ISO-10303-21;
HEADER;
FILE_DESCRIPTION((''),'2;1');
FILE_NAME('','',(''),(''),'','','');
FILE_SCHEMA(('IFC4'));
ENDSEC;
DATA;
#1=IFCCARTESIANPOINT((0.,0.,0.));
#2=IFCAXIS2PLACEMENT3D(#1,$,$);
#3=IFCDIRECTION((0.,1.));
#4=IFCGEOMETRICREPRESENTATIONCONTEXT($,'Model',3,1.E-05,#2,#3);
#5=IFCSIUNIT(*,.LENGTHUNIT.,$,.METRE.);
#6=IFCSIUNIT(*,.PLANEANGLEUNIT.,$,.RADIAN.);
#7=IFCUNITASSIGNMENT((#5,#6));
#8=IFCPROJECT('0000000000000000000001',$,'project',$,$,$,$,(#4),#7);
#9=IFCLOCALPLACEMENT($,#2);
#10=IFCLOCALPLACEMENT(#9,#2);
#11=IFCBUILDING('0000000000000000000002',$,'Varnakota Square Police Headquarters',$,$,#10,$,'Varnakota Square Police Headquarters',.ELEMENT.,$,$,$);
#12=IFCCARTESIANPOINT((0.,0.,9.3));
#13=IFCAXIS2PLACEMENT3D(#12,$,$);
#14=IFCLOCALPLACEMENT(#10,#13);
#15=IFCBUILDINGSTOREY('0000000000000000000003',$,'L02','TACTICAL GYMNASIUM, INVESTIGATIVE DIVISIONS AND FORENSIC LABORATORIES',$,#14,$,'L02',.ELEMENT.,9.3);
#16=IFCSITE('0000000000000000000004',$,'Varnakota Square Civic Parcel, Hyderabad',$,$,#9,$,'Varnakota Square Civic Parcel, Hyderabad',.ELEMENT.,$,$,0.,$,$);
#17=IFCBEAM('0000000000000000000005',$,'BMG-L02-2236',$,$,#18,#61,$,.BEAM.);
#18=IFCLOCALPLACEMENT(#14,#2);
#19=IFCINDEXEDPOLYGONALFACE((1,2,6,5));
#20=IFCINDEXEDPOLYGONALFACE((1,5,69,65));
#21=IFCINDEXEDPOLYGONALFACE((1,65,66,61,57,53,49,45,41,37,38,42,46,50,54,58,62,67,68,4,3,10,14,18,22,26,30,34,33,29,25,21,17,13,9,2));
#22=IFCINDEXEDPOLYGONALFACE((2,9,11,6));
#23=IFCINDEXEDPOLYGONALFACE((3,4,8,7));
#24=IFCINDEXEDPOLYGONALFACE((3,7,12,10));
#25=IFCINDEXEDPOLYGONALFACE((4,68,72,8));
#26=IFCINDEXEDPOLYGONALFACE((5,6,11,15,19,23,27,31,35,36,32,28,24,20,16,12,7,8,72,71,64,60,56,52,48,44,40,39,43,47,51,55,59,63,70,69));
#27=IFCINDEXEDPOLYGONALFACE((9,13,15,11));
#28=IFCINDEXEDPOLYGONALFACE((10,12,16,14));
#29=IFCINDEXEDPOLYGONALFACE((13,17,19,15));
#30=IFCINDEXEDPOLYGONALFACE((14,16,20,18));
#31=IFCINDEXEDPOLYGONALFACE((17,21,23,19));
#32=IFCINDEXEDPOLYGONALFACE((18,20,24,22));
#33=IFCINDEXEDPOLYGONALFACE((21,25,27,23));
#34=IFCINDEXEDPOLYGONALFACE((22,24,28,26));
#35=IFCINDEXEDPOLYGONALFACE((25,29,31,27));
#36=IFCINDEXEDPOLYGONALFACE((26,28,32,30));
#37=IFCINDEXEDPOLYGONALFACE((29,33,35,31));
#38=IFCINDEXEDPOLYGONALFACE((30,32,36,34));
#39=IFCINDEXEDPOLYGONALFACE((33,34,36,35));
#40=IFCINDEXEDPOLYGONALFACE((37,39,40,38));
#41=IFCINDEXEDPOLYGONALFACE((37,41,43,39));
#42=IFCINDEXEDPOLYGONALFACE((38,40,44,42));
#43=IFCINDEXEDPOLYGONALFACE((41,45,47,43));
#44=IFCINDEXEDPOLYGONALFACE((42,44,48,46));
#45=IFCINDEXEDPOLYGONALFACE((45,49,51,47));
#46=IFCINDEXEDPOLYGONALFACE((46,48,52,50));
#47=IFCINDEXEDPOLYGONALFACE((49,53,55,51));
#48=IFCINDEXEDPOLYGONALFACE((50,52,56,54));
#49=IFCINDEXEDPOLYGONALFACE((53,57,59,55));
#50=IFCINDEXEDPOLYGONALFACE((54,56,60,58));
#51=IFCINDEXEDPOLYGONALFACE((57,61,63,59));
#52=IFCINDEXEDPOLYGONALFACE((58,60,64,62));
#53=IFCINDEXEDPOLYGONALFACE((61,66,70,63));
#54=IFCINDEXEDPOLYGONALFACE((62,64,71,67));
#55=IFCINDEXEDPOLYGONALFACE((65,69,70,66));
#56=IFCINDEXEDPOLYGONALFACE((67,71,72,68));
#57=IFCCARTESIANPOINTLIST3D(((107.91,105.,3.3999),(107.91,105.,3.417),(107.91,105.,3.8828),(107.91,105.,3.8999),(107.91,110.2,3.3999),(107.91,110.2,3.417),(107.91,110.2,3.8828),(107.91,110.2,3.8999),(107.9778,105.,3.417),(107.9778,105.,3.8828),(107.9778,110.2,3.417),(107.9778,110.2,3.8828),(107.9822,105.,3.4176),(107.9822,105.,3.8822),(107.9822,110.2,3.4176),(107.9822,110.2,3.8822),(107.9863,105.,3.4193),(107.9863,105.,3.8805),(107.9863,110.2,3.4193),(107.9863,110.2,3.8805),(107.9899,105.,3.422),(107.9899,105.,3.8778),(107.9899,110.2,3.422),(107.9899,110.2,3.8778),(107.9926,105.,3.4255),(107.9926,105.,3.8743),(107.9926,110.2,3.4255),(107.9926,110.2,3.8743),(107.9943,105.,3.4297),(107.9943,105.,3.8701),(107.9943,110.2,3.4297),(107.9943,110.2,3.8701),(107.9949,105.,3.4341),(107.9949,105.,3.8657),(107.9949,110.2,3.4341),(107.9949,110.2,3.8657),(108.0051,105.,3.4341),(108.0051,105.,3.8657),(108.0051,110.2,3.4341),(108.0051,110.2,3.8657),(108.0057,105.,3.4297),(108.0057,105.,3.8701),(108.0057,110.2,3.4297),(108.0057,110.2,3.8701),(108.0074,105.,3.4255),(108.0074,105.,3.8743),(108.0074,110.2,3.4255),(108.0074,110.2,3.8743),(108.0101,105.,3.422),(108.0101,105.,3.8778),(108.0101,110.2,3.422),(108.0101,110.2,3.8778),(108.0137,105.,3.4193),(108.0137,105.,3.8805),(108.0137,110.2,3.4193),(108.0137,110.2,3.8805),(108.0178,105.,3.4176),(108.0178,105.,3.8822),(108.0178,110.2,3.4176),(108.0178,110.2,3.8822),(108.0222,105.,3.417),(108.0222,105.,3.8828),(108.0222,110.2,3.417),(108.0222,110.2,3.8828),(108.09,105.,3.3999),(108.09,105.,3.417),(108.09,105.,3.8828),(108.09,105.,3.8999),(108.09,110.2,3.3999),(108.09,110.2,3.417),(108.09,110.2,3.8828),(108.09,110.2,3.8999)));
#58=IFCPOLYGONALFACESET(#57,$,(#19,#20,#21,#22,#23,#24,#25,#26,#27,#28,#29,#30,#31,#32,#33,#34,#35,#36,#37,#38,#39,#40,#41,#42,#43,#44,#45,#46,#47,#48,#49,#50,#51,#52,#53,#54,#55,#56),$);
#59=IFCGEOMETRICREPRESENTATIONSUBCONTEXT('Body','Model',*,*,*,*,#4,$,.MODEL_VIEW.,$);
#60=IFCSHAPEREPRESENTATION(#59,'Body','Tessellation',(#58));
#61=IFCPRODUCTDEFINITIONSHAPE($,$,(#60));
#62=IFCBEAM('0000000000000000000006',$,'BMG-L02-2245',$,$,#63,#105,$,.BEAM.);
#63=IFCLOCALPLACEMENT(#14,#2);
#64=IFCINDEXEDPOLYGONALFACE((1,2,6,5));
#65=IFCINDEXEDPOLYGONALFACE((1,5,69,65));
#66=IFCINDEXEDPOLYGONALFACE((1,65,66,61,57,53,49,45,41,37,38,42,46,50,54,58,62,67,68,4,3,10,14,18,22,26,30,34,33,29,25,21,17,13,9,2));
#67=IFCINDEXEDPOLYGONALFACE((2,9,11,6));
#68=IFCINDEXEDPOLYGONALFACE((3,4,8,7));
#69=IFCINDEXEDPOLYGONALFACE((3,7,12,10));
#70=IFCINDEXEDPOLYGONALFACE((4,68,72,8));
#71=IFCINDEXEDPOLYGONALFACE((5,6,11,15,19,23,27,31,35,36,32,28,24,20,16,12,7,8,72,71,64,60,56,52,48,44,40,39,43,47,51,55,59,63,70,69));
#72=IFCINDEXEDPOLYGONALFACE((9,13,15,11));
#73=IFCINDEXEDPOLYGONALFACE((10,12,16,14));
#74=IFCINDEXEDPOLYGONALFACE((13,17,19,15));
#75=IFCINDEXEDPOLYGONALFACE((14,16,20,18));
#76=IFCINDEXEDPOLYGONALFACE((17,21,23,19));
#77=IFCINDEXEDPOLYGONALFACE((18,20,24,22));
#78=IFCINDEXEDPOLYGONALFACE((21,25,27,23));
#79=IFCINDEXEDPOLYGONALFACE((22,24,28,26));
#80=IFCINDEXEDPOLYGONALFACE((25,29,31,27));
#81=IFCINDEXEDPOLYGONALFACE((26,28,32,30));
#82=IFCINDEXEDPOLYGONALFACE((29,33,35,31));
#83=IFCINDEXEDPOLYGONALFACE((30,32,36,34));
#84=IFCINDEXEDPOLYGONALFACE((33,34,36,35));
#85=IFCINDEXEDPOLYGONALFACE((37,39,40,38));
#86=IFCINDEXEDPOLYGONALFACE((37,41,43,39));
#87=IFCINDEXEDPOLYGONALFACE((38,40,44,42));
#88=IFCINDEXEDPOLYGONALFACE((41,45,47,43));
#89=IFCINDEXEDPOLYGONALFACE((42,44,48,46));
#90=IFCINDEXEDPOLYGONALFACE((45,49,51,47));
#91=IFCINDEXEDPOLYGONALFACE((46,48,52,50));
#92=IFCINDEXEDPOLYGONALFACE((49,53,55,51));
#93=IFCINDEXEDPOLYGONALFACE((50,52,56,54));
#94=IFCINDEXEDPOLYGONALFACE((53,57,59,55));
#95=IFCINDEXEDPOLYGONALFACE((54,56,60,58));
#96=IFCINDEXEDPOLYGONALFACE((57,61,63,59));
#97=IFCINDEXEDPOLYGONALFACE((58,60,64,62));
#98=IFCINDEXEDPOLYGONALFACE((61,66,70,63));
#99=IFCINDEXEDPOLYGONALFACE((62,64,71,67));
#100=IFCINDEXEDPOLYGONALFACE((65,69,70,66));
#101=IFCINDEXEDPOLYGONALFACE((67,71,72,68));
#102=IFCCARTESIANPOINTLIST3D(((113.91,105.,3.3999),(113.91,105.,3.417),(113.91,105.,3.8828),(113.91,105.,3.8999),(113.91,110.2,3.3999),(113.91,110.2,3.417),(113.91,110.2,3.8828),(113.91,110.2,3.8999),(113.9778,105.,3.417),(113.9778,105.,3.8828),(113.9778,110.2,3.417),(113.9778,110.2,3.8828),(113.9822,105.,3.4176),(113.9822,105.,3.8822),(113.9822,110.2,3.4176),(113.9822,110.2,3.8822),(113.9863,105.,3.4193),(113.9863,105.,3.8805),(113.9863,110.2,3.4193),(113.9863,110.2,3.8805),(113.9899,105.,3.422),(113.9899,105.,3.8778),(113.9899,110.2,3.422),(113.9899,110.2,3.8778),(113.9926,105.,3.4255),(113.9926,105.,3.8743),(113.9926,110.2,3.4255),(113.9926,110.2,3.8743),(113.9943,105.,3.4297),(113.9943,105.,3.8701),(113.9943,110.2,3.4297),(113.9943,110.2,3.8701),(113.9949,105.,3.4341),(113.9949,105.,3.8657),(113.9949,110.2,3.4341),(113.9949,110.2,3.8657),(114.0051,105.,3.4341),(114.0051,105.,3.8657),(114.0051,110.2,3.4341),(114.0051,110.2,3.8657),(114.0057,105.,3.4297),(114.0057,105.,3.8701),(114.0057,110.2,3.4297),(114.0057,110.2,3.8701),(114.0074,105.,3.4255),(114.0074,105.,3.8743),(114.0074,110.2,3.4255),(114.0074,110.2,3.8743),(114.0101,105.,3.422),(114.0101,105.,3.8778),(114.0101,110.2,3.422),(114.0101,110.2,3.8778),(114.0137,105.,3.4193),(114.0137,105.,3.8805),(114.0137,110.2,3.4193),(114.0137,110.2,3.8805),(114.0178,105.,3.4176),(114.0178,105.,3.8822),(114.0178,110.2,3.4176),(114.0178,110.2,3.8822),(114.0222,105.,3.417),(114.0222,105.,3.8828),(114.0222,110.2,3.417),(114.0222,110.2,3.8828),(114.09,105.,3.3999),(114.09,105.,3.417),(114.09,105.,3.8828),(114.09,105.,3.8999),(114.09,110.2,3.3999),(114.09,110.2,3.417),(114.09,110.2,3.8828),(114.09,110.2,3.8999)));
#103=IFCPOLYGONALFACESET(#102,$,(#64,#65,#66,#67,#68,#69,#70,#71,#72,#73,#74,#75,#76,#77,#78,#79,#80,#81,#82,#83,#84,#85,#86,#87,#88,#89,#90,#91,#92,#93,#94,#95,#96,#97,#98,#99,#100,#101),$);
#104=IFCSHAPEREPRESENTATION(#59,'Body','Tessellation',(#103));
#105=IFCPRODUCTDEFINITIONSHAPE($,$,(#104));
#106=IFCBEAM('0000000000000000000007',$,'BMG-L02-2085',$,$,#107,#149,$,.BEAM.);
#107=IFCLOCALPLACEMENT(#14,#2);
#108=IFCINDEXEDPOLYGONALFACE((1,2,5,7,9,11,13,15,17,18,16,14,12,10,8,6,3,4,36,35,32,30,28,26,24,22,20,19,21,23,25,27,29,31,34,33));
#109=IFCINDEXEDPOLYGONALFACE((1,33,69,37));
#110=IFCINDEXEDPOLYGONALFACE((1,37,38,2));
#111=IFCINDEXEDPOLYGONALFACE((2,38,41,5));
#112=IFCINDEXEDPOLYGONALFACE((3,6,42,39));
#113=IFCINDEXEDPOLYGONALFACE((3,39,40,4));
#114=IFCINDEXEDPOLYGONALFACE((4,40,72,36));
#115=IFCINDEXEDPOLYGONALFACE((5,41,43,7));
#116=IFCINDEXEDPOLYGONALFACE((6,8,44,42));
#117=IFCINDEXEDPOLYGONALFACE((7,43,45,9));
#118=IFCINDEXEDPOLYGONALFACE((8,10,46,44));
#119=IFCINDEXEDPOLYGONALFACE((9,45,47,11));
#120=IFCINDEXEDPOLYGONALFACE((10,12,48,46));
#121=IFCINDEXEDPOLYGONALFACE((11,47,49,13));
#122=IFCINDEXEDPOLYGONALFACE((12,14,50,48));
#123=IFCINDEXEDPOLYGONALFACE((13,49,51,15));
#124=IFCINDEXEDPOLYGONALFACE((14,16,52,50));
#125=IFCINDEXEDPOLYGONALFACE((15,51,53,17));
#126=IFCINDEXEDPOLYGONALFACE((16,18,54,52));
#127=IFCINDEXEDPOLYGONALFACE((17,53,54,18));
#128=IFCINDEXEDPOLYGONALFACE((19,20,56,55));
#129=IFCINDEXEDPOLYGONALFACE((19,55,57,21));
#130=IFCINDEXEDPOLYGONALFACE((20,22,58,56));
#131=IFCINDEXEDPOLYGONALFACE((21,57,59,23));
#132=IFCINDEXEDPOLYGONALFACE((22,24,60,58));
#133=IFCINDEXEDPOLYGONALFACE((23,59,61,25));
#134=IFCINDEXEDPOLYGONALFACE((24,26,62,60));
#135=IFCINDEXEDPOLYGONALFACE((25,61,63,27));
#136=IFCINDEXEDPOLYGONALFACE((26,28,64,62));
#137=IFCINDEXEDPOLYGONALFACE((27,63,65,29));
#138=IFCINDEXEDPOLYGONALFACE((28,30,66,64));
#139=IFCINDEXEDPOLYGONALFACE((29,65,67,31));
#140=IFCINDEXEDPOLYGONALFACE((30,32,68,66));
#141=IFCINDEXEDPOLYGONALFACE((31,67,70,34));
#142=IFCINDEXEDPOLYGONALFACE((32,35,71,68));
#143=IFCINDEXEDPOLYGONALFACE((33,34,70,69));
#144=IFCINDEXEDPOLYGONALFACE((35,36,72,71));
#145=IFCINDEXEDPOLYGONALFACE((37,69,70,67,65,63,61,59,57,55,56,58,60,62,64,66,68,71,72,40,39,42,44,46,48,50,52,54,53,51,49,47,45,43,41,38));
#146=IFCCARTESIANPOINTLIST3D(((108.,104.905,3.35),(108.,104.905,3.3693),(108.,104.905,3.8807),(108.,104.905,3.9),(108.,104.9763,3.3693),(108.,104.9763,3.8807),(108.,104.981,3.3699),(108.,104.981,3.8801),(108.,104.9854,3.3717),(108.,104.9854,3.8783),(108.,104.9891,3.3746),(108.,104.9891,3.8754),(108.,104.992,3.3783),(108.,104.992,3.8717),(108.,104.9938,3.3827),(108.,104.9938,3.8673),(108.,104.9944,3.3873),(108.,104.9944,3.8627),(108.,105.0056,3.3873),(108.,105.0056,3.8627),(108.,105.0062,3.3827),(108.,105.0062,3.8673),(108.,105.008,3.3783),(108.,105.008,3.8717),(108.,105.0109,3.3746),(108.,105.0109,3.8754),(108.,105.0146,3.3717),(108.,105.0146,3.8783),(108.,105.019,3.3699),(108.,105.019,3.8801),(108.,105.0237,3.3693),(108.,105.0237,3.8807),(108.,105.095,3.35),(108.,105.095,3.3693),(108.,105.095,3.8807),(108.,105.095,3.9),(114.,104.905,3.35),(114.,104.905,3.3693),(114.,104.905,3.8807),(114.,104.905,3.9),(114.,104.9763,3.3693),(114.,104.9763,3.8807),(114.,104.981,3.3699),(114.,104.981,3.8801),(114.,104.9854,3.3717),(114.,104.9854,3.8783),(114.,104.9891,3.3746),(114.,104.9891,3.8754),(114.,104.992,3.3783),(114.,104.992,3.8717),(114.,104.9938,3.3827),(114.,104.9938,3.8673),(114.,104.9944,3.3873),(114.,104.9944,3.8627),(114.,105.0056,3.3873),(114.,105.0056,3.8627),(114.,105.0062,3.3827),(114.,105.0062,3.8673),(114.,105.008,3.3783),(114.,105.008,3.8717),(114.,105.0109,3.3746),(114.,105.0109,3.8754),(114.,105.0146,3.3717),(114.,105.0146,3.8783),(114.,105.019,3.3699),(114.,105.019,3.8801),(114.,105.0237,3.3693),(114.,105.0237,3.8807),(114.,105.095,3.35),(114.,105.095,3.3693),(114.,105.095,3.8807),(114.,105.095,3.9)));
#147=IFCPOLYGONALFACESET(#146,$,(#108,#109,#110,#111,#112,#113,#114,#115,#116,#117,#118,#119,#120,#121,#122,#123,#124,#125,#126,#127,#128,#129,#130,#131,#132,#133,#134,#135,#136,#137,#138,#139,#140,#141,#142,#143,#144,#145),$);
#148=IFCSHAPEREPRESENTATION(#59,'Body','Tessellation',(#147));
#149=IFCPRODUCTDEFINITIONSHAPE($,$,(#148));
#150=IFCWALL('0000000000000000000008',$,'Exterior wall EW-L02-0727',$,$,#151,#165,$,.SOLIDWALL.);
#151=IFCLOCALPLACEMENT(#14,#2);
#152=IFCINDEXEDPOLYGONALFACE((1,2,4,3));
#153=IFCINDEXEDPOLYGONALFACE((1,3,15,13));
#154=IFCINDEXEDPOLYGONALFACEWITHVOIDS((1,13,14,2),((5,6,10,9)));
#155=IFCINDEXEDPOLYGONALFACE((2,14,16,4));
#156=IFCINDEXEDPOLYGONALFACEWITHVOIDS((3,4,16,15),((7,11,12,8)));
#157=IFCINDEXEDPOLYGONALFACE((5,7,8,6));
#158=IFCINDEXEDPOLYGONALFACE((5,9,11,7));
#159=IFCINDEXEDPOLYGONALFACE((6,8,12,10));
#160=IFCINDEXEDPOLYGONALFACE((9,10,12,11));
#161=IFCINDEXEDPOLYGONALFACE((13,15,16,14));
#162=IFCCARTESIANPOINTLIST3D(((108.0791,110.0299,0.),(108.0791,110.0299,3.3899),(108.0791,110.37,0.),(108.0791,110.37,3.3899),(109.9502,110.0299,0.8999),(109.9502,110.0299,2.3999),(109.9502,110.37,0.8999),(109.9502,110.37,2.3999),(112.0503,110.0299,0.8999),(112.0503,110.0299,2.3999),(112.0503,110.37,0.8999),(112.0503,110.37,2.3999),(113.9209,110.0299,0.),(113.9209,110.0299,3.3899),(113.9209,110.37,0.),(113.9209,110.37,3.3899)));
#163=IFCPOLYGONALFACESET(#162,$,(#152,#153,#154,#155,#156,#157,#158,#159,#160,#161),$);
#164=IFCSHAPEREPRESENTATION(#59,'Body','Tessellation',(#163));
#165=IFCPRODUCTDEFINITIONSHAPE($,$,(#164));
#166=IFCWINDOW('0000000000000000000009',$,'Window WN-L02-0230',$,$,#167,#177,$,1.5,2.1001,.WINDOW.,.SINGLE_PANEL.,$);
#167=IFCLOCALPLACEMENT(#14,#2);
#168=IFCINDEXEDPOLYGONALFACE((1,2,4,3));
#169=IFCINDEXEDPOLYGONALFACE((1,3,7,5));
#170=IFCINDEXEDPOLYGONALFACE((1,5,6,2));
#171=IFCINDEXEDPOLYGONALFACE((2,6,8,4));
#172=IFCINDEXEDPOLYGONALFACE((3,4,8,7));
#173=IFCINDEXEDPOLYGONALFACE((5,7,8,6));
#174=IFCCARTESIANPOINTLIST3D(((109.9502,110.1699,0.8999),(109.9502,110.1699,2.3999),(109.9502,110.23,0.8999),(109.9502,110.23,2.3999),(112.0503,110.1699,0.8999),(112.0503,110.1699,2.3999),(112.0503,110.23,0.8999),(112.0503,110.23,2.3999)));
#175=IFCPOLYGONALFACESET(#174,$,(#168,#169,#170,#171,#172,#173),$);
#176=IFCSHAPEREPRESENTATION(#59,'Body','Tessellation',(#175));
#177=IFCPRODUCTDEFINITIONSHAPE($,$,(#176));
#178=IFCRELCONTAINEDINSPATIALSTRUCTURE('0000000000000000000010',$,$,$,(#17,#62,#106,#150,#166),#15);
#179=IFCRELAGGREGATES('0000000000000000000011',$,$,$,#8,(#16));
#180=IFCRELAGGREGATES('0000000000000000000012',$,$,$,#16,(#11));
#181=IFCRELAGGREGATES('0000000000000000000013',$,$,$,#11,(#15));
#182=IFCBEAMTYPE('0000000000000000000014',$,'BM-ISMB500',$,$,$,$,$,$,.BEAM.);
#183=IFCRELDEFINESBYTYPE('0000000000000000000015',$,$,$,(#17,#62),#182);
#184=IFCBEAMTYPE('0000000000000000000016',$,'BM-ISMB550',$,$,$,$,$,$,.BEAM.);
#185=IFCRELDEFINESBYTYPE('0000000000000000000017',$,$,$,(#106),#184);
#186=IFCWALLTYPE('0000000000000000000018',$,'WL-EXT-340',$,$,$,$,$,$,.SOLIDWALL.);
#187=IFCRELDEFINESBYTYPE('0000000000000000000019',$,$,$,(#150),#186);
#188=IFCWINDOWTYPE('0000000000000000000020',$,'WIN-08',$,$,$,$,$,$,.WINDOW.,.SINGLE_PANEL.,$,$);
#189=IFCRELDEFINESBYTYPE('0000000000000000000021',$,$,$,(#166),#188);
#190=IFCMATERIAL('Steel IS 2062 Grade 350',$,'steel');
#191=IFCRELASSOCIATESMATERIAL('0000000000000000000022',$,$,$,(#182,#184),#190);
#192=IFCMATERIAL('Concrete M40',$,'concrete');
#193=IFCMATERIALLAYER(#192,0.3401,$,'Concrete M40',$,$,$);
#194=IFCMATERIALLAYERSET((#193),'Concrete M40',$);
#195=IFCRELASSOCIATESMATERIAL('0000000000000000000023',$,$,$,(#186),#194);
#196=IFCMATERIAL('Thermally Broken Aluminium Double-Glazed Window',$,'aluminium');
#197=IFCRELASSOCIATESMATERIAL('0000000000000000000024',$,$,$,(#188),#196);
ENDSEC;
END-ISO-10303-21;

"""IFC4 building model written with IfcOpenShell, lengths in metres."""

from ifc_helpers import new_model, si_unit, direction, frame, frame_2d, origin, origin_2d, place, context, subcontext, project, spatial, rectangle, i_section, extrude, material, layer, layer_set, material_profile, profile_set, type_object, element, fill, save


model = new_model("IFC4")

# Units and contexts
model_context = context("Model", 3, precision=1e-05, world=origin(), true_north=direction((0.0, 1.0)))
body_context = subcontext(model_context, "Body", "Model", "MODEL_VIEW")
ifc_project = project(units=[si_unit("LENGTHUNIT", "METRE"), si_unit("PLANEANGLEUNIT", "RADIAN")], contexts=[model_context])

# Site, building, storey
site_placement = place(None, origin())
site = spatial("IfcSite", under=ifc_project, at=site_placement, Name="Varnakota Square Civic Parcel, Hyderabad", LongName="Varnakota Square Civic Parcel, Hyderabad", CompositionType="ELEMENT", RefElevation=0.0)
building_placement = place(site_placement, origin())
building = spatial("IfcBuilding", under=site, at=building_placement, Name="Varnakota Square Police Headquarters", LongName="Varnakota Square Police Headquarters", CompositionType="ELEMENT")
storey_placement = place(building_placement, frame((0.0, 0.0, 9.3)))
storey = spatial("IfcBuildingStorey", under=building, at=storey_placement, Name="L02", Description="TACTICAL GYMNASIUM, INVESTIGATIVE DIVISIONS AND FORENSIC LABORATORIES", LongName="L02", CompositionType="ELEMENT", Elevation=9.3)

# Shared definitions
ifc_material_1 = material(Name="Steel IS 2062 Grade 350", Category="steel")

# Beams
ifc_material_profile_1 = material_profile(ifc_material_1, i_section(OverallWidth=0.1799, OverallDepth=0.5, WebThickness=0.0103, FlangeThickness=0.0171, FilletRadius=0.0171, at=origin_2d()), Name="ISMB 500")
ifc_profile_set_1 = profile_set([ifc_material_profile_1], Name="Steel IS 2062 Grade 350")
beam_type_1 = type_object("IfcBeamType", Name="BM-ISMB500", PredefinedType="BEAM", material=ifc_profile_set_1)
for number, where, z_axis, x_axis, name in (
    (1, (108.0, 105.0, 3.6499), (0.0, 1.0, 0.0), (-1.0, 0.0, 0.0), "BMG-L02-2236"),
    (2, (114.0, 105.0, 3.6499), (0.0, 1.0, 0.0), (-1.0, 0.0, 0.0), "BMG-L02-2245"),
):
    element("IfcBeam", number, at=place(storey_placement, frame(where, z_axis=z_axis, x_axis=x_axis)), inside=storey, type_object=beam_type_1, Name=name, PredefinedType="BEAM", context=body_context, shape_type="SweptSolid", body=[
        extrude(i_section(OverallWidth=0.1799, OverallDepth=0.5, WebThickness=0.0103, FlangeThickness=0.0171, FilletRadius=0.0171, at=origin_2d()), origin(), (0.0, 0.0, 1.0), 5.2),
    ])
ifc_material_profile_2 = material_profile(ifc_material_1, i_section(OverallWidth=0.1899, OverallDepth=0.55, WebThickness=0.0112, FlangeThickness=0.0193, FilletRadius=0.0181, at=origin_2d()), Name="ISMB 550")
ifc_profile_set_2 = profile_set([ifc_material_profile_2], Name="Steel IS 2062 Grade 350")
beam_type_2 = type_object("IfcBeamType", Name="BM-ISMB550", PredefinedType="BEAM", material=ifc_profile_set_2)
beam_1_placement = place(storey_placement, frame((108.0, 105.0, 3.625), z_axis=(1.0, 0.0, 0.0), x_axis=(0.0, 1.0, 0.0)))
element("IfcBeam", 3, at=beam_1_placement, inside=storey, type_object=beam_type_2, Name="BMG-L02-2085", PredefinedType="BEAM", context=body_context, shape_type="SweptSolid", body=[
    extrude(i_section(OverallWidth=0.1899, OverallDepth=0.55, WebThickness=0.0112, FlangeThickness=0.0193, FilletRadius=0.0181, at=origin_2d()), origin(), (0.0, 0.0, 1.0), 6.0),
])

# Wall, opening, window
ifc_material_2 = material(Name="Concrete M40", Category="concrete")
ifc_layer_1 = layer(ifc_material_2, 0.3401, Name="Concrete M40")
ifc_layer_set_1 = layer_set([ifc_layer_1], Name="Concrete M40")
wall_type_1 = type_object("IfcWallType", Name="WL-EXT-340", PredefinedType="SOLIDWALL", material=ifc_layer_set_1)
wall_1_placement = place(storey_placement, frame((108.0791, 110.2, 0.0), z_axis=(0.0, 0.0, 1.0), x_axis=(1.0, 0.0, 0.0)))
wall_1 = element("IfcWall", 4, at=wall_1_placement, inside=storey, type_object=wall_type_1, Name="Exterior wall EW-L02-0727", PredefinedType="SOLIDWALL", context=body_context, shape_type="SweptSolid", body=[
    extrude(rectangle(XDim=5.8418, YDim=0.3401, at=frame_2d((2.9209, 0.0))), origin(), (0.0, 0.0, 1.0), 3.3899),
])
opening_1_placement = place(wall_1_placement, frame((1.8711, 0.0, 0.8999)))
opening_1 = element("IfcOpeningElement", 5, at=opening_1_placement, cuts=wall_1, PredefinedType="OPENING", context=body_context, shape_type="SweptSolid", body=[
    extrude(rectangle(XDim=2.1001, YDim=1.5, at=frame_2d((1.05, 0.75))), frame((0.0, 0.1799, 0.0), z_axis=(0.0, -1.0, 0.0), x_axis=(1.0, 0.0, 0.0)), (0.0, 0.0, 1.0), 0.3601),
])
ifc_material_3 = material(Name="Thermally Broken Aluminium Double-Glazed Window", Category="aluminium")
window_type_1 = type_object("IfcWindowType", Name="WIN-08", PartitioningType="SINGLE_PANEL", PredefinedType="WINDOW", material=ifc_material_3)
window_1_placement = place(opening_1_placement, origin())
window_1 = element("IfcWindow", 6, at=window_1_placement, inside=storey, type_object=window_type_1, Name="Window WN-L02-0230", OverallHeight=1.5, OverallWidth=2.1001, PartitioningType="SINGLE_PANEL", PredefinedType="WINDOW", context=body_context, shape_type="SweptSolid", body=[
    extrude(rectangle(XDim=2.1001, YDim=1.5, at=frame_2d((1.05, 0.75))), frame((0.0, 0.03, 0.0), z_axis=(0.0, -1.0, 0.0), x_axis=(1.0, 0.0, 0.0)), (0.0, 0.0, 1.0), 0.0601),
])
fill(opening_1, window_1)

save(model, "model.ifc")
